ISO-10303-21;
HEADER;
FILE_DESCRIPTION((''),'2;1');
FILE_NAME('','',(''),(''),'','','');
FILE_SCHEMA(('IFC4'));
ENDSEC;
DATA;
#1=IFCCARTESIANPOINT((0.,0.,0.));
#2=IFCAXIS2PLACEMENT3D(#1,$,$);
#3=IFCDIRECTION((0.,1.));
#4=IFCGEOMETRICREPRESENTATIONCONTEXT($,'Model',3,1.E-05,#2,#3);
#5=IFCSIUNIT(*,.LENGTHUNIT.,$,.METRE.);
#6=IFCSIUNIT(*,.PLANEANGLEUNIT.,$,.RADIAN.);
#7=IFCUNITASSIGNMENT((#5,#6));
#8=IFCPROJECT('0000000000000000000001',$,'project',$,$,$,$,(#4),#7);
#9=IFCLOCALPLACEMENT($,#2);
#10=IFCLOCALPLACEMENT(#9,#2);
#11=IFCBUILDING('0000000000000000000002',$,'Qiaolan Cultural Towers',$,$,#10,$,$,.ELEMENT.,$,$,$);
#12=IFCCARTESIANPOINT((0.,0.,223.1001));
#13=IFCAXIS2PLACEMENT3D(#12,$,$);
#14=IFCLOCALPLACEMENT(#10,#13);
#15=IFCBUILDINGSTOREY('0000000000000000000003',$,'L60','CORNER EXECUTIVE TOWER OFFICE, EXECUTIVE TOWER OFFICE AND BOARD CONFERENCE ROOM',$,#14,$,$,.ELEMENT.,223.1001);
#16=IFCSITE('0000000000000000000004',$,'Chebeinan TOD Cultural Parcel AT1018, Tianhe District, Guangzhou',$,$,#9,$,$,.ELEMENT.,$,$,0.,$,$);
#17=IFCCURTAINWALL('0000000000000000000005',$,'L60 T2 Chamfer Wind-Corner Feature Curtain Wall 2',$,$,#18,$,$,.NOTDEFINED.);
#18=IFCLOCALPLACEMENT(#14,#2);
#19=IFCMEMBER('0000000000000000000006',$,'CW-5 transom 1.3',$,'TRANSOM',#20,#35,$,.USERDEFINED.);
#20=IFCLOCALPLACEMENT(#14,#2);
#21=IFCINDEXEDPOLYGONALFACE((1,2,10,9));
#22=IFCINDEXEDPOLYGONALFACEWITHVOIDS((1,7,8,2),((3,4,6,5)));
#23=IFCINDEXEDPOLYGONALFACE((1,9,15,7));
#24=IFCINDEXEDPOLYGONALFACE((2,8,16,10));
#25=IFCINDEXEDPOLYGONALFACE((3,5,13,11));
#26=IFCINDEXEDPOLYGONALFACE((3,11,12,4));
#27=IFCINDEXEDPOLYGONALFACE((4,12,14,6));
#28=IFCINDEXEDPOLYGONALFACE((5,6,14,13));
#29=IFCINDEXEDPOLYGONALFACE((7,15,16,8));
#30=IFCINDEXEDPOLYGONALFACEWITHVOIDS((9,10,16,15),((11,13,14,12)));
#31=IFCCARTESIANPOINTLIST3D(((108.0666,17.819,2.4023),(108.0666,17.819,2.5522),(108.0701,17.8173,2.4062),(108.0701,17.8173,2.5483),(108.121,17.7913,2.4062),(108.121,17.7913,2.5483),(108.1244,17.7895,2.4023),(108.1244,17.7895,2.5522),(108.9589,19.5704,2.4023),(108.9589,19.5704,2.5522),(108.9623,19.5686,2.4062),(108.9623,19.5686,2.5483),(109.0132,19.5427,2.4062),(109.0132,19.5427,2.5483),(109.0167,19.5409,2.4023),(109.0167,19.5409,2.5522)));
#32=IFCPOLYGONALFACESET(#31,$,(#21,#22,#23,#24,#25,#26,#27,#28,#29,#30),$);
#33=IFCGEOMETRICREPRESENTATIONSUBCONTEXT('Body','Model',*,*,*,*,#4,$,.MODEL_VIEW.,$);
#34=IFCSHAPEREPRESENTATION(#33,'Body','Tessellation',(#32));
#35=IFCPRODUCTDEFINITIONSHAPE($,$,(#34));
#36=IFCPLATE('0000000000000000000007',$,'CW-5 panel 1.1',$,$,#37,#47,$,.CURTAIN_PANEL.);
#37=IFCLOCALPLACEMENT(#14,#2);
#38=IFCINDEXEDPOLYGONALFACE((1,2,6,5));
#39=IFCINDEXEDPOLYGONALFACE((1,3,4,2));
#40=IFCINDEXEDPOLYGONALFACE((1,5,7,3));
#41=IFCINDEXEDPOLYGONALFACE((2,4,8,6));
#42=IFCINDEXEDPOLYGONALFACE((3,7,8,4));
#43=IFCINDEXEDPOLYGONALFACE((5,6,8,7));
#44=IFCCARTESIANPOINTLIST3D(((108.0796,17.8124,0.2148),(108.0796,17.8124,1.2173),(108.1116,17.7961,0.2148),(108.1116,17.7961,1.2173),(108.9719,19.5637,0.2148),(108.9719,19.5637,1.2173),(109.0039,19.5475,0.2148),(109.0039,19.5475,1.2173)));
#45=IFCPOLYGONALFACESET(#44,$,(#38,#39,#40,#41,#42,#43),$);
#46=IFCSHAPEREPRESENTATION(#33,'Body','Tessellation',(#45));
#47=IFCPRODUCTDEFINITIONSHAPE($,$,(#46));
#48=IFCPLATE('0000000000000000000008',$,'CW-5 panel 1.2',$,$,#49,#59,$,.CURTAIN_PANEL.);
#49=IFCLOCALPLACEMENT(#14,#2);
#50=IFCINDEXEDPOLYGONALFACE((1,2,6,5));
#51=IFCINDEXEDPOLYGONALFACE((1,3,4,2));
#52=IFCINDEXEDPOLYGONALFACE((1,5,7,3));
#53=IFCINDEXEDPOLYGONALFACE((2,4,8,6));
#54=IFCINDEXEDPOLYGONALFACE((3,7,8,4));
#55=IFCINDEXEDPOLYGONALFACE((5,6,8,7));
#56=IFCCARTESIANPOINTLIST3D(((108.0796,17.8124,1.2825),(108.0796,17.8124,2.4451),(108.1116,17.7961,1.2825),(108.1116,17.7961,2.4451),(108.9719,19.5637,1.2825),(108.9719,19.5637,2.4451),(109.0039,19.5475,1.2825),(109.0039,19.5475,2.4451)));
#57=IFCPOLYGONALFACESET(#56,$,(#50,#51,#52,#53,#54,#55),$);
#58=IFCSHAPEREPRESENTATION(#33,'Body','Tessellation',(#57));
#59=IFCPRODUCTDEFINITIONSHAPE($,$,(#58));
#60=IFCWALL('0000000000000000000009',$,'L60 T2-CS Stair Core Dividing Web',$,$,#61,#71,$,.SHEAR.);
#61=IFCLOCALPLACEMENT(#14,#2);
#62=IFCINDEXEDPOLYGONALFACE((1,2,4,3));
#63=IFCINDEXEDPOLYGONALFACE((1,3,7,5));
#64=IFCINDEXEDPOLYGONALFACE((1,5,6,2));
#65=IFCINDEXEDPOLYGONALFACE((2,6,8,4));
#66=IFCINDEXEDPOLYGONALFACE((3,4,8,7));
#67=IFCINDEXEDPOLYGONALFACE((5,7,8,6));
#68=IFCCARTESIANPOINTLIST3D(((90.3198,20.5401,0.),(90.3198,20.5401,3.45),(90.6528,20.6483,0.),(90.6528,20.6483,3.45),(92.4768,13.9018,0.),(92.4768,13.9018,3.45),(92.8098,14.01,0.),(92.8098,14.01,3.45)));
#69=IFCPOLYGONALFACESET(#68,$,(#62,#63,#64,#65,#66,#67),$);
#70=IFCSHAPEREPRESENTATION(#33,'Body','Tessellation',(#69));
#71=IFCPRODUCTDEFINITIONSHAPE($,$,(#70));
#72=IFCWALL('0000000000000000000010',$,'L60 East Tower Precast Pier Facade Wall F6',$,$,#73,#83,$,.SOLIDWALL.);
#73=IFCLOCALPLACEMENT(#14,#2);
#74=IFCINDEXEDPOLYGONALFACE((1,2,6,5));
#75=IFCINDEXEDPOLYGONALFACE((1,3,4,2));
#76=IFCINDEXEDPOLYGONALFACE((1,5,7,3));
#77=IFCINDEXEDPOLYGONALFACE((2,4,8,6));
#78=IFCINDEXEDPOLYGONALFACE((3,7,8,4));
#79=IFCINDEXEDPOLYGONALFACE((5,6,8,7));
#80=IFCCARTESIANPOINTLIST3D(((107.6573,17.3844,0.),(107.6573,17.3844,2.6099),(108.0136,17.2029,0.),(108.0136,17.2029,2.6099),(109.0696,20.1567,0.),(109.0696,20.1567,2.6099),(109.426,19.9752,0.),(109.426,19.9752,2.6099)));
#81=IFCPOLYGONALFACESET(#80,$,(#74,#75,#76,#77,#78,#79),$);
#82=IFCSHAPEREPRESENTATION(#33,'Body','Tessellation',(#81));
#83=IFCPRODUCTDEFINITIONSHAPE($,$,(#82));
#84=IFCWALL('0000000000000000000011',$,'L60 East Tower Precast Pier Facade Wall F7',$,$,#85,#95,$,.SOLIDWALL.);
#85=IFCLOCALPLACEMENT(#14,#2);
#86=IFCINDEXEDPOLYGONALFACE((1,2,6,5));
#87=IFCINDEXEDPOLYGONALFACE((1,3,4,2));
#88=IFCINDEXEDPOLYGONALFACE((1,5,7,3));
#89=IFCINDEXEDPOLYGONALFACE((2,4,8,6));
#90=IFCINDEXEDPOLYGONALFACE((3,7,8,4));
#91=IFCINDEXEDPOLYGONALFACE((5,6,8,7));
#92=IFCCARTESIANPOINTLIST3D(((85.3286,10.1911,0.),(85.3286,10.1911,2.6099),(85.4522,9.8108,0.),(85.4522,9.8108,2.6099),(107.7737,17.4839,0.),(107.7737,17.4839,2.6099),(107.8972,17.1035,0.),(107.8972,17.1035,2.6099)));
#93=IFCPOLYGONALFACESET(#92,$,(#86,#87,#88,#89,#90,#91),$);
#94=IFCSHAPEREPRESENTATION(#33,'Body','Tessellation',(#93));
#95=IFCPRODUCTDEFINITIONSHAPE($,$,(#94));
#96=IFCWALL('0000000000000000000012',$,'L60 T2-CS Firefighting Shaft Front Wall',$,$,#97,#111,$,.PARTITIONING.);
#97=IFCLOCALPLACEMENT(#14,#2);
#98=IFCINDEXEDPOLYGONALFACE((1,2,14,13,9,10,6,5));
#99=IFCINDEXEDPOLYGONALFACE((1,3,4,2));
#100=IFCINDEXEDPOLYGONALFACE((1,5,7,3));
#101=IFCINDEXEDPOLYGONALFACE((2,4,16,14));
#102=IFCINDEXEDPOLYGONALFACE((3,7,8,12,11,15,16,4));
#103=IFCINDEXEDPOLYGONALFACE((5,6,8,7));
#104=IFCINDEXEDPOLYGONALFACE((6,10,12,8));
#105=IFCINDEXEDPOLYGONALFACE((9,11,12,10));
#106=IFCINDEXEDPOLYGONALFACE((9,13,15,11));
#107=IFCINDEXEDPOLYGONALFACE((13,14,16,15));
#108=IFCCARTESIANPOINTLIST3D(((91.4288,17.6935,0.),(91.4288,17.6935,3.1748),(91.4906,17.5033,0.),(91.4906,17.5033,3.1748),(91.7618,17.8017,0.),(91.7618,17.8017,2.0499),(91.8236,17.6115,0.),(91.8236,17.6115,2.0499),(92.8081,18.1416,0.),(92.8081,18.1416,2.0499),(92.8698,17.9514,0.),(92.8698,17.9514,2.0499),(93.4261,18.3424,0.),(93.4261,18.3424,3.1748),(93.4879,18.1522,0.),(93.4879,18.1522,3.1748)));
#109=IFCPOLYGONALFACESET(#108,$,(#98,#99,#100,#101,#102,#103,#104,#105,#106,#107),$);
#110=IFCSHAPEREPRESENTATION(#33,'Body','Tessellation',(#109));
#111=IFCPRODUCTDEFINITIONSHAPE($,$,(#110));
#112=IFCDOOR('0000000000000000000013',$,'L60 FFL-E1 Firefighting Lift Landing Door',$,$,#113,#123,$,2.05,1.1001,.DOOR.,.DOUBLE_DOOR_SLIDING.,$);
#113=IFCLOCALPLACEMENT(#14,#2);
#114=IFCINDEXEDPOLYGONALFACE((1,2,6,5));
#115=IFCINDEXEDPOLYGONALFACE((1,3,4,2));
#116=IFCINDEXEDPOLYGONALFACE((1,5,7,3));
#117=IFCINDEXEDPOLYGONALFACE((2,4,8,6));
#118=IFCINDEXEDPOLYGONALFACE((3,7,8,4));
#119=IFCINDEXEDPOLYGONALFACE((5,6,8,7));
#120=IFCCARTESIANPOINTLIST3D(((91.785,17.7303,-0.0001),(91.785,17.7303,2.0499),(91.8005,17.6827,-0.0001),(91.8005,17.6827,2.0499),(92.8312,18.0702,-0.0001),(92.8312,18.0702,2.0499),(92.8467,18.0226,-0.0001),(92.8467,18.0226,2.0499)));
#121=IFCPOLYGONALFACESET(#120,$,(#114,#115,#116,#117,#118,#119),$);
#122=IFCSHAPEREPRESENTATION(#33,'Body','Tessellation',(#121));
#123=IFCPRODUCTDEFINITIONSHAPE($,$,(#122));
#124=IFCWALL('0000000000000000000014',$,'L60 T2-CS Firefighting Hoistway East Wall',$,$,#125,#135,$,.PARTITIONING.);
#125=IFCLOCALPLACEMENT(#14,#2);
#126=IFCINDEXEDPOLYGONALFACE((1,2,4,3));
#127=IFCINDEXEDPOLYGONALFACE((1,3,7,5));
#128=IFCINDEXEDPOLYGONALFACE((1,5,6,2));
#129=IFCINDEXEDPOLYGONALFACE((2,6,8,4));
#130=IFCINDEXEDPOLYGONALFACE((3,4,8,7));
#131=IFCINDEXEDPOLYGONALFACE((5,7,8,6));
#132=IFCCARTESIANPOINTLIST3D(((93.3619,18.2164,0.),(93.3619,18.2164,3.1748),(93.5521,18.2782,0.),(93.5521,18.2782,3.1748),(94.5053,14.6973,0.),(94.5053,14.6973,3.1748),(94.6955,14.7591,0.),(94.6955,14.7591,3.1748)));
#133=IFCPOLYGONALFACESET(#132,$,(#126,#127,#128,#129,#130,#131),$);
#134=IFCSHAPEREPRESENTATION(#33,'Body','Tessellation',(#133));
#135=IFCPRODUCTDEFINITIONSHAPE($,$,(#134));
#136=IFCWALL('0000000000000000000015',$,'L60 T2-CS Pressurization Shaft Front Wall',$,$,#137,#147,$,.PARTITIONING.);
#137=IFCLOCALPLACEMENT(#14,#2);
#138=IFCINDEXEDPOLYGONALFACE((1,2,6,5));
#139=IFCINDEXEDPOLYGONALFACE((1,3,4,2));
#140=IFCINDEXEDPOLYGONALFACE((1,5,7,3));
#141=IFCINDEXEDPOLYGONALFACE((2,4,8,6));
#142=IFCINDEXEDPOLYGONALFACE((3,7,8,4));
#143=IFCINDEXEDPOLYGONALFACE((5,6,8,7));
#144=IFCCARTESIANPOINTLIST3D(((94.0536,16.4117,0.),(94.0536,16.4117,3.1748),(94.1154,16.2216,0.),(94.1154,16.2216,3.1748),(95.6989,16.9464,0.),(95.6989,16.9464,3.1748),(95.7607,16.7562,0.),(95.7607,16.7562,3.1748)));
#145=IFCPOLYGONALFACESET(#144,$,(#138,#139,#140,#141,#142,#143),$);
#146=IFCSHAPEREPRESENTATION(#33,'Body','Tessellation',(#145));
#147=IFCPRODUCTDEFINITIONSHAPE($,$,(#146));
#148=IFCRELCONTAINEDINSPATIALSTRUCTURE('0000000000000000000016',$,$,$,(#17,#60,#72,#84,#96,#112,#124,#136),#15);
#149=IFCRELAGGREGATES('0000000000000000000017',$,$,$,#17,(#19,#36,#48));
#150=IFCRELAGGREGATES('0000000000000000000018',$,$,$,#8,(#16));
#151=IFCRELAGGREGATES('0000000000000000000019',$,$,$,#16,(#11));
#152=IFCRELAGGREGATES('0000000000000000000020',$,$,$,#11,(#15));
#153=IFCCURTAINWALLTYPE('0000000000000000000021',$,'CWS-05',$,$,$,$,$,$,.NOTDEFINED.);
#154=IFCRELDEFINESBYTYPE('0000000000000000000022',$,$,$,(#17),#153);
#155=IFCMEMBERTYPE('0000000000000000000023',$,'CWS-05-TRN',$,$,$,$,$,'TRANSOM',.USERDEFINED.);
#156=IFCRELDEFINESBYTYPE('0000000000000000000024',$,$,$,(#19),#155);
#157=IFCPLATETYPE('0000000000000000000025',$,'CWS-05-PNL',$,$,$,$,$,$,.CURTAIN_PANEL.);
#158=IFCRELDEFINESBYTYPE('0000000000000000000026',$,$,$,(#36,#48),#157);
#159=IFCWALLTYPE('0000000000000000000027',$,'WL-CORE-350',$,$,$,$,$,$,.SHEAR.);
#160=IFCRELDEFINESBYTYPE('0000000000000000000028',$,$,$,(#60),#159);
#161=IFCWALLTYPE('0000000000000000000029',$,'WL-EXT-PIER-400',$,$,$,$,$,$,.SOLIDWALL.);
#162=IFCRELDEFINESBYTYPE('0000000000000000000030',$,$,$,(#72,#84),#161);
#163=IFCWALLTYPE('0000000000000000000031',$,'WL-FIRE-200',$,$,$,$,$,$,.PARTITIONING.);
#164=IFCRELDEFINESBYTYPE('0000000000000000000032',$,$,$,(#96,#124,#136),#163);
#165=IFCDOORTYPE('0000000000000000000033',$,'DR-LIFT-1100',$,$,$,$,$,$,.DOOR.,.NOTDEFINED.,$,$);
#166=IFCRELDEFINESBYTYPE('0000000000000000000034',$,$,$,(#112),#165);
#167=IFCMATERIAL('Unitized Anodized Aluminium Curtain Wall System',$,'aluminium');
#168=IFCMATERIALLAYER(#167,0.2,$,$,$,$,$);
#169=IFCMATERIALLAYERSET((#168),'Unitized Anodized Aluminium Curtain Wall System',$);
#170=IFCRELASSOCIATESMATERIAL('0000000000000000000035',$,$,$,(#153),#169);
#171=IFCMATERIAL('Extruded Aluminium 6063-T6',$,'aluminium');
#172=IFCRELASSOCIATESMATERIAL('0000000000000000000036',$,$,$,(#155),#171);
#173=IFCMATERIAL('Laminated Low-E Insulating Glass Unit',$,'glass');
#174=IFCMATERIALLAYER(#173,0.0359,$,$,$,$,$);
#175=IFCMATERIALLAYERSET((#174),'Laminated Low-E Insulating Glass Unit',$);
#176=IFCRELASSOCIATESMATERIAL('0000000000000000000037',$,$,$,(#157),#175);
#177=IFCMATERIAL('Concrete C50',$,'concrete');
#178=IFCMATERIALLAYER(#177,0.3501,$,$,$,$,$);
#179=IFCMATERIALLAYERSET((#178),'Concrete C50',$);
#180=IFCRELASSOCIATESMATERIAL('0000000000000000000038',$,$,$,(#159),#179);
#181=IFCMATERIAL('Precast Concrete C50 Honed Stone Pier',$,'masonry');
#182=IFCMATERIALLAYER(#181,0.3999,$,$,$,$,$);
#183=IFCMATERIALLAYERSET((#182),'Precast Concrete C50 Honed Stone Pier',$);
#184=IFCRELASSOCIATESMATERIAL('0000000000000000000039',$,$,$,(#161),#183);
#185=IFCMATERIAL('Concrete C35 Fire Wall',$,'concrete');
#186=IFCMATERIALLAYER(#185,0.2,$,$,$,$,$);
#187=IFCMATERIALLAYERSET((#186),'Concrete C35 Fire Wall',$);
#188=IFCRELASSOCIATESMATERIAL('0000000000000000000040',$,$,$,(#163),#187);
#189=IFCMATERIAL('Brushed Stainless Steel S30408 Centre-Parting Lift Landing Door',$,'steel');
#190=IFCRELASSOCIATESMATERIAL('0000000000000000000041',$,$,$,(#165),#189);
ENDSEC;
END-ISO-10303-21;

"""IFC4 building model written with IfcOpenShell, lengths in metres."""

from ifc_helpers import new_model, si_unit, direction, frame, frame_2d, origin, origin_2d, place, context, subcontext, project, spatial, rectangle, hollow_rectangle, extrude, material, layer, layer_set, material_profile, profile_set, type_object, element, fill, aggregate, save


model = new_model("IFC4")

# Units and contexts
model_context = context("Model", 3, precision=1e-05, world=origin(), true_north=direction((0.0, 1.0)))
body_context = subcontext(model_context, "Body", "Model", "MODEL_VIEW")
ifc_project = project(units=[si_unit("LENGTHUNIT", "METRE"), si_unit("PLANEANGLEUNIT", "RADIAN")], contexts=[model_context])

# Site, building, storey
site_placement = place(None, origin())
site = spatial("IfcSite", under=ifc_project, at=site_placement, Name="Chebeinan TOD Cultural Parcel AT1018, Tianhe District, Guangzhou", CompositionType="ELEMENT", RefElevation=0.0)
building_placement = place(site_placement, origin())
building = spatial("IfcBuilding", under=site, at=building_placement, Name="Qiaolan Cultural Towers", CompositionType="ELEMENT")
storey_placement = place(building_placement, frame((0.0, 0.0, 223.1001)))
storey = spatial("IfcBuildingStorey", under=building, at=storey_placement, Name="L60", Description="CORNER EXECUTIVE TOWER OFFICE, EXECUTIVE TOWER OFFICE AND BOARD CONFERENCE ROOM", CompositionType="ELEMENT", Elevation=223.1001)

# Curtain wall, member, plates
ifc_material_1 = material(Name="Unitized Anodized Aluminium Curtain Wall System", Category="aluminium")
ifc_layer_1 = layer(ifc_material_1, 0.2)
ifc_layer_set_1 = layer_set([ifc_layer_1], Name="Unitized Anodized Aluminium Curtain Wall System")
curtain_wall_type = type_object("IfcCurtainWallType", Name="CWS-05", PredefinedType="NOTDEFINED", material=ifc_layer_set_1)
curtain_wall_placement = place(storey_placement, origin())
curtain_wall = element("IfcCurtainWall", 1, at=curtain_wall_placement, inside=storey, type_object=curtain_wall_type, Name="L60 T2 Chamfer Wind-Corner Feature Curtain Wall 2", PredefinedType="NOTDEFINED")
ifc_material_2 = material(Name="Extruded Aluminium 6063-T6", Category="aluminium")
ifc_material_profile_1 = material_profile(ifc_material_2, hollow_rectangle(XDim=0.0649, YDim=0.1499, WallThickness=0.0039, at=origin_2d()), Name="CWT-150x65x4")
ifc_profile_set_1 = profile_set([ifc_material_profile_1], Name="Extruded Aluminium 6063-T6")
member_type_1 = type_object("IfcMemberType", Name="CWS-05-TRN", ElementType="TRANSOM", PredefinedType="USERDEFINED", material=ifc_profile_set_1)
member_1_placement = place(storey_placement, frame((108.9878, 19.5557, 2.4773), z_axis=(-0.453957, -0.891023, 0.0), x_axis=(0.891023, -0.453957, 0.0)))
member_1 = element("IfcMember", 2, at=member_1_placement, type_object=member_type_1, Name="CW-5 transom 1.3", ObjectType="TRANSOM", PredefinedType="USERDEFINED", context=body_context, shape_type="SweptSolid", body=[
    extrude(hollow_rectangle(XDim=0.0649, YDim=0.1499, WallThickness=0.0039, at=origin_2d()), origin(), (0.0, 0.0, 1.0), 1.9656),
])
ifc_material_3 = material(Name="Laminated Low-E Insulating Glass Unit", Category="glass")
ifc_layer_2 = layer(ifc_material_3, 0.0359)
ifc_layer_set_2 = layer_set([ifc_layer_2], Name="Laminated Low-E Insulating Glass Unit")
plate_type = type_object("IfcPlateType", Name="CWS-05-PNL", PredefinedType="CURTAIN_PANEL", material=ifc_layer_set_2)
plate_1_placement = place(storey_placement, frame((108.5417, 18.6799, 0.2148), z_axis=(0.0, 0.0, 1.0), x_axis=(-0.45399, -0.891007, 0.0)))
plate_1 = element("IfcPlate", 3, at=plate_1_placement, type_object=plate_type, Name="CW-5 panel 1.1", PredefinedType="CURTAIN_PANEL", context=body_context, shape_type="SweptSolid", body=[
    extrude(rectangle(XDim=1.9656, YDim=0.0359, at=origin_2d()), origin(), (0.0, 0.0, 1.0), 1.0024),
])
plate_2_placement = place(storey_placement, frame((108.5417, 18.6799, 1.2825), z_axis=(0.0, 0.0, 1.0), x_axis=(-0.45399, -0.891007, 0.0)))
plate_2 = element("IfcPlate", 4, at=plate_2_placement, type_object=plate_type, Name="CW-5 panel 1.2", PredefinedType="CURTAIN_PANEL", context=body_context, shape_type="SweptSolid", body=[
    extrude(rectangle(XDim=1.9656, YDim=0.0359, at=origin_2d()), origin(), (0.0, 0.0, 1.0), 1.1626),
])
aggregate(curtain_wall, [member_1, plate_1, plate_2])

# Walls
ifc_material_4 = material(Name="Concrete C50", Category="concrete")
ifc_layer_3 = layer(ifc_material_4, 0.3501)
ifc_layer_set_3 = layer_set([ifc_layer_3], Name="Concrete C50")
wall_type_1 = type_object("IfcWallType", Name="WL-CORE-350", PredefinedType="SHEAR", material=ifc_layer_set_3)
wall_1_placement = place(storey_placement, frame((90.4863, 20.5942, 0.0), z_axis=(0.0, 0.0, 1.0), x_axis=(0.30902, -0.951055, 0.0)))
element("IfcWall", 5, at=wall_1_placement, inside=storey, type_object=wall_type_1, Name="L60 T2-CS Stair Core Dividing Web", PredefinedType="SHEAR", context=body_context, shape_type="SweptSolid", body=[
    extrude(rectangle(XDim=6.98, YDim=0.3501, at=frame_2d((3.49, 0.0))), origin(), (0.0, 0.0, 1.0), 3.45),
])
ifc_material_5 = material(Name="Precast Concrete C50 Honed Stone Pier", Category="masonry")
ifc_layer_4 = layer(ifc_material_5, 0.3999)
ifc_layer_set_4 = layer_set([ifc_layer_4], Name="Precast Concrete C50 Honed Stone Pier")
wall_type_2 = type_object("IfcWallType", Name="WL-EXT-PIER-400", PredefinedType="SOLIDWALL", material=ifc_layer_set_4)
wall_2_placement = place(storey_placement, frame((109.2478, 20.0659, 0.0), z_axis=(0.0, 0.0, 1.0), x_axis=(-0.453949, -0.891028, 0.0)))
element("IfcWall", 6, at=wall_2_placement, inside=storey, type_object=wall_type_2, Name="L60 East Tower Precast Pier Facade Wall F6", PredefinedType="SOLIDWALL", context=body_context, shape_type="SweptSolid", body=[
    extrude(rectangle(XDim=3.1113, YDim=0.3999, at=frame_2d((1.5557, 0.0))), origin(), (0.0, 0.0, 1.0), 2.6099),
])
wall_3_placement = place(storey_placement, frame((107.8354, 17.2937, 0.0), z_axis=(0.0, 0.0, 1.0), x_axis=(-0.951058, -0.309012, 0.0)))
element("IfcWall", 7, at=wall_3_placement, inside=storey, type_object=wall_type_2, Name="L60 East Tower Precast Pier Facade Wall F7", PredefinedType="SOLIDWALL", context=body_context, shape_type="SweptSolid", body=[
    extrude(rectangle(XDim=23.6001, YDim=0.3999, at=frame_2d((11.8, 0.0))), origin(), (0.0, 0.0, 1.0), 2.6099),
])

# Wall, opening, door
ifc_material_6 = material(Name="Concrete C35 Fire Wall", Category="concrete")
ifc_layer_5 = layer(ifc_material_6, 0.2)
ifc_layer_set_5 = layer_set([ifc_layer_5], Name="Concrete C35 Fire Wall")
wall_type_3 = type_object("IfcWallType", Name="WL-FIRE-200", PredefinedType="PARTITIONING", material=ifc_layer_set_5)
wall_4_placement = place(storey_placement, frame((91.4597, 17.5984, 0.0), z_axis=(0.0, 0.0, 1.0), x_axis=(0.951062, 0.308999, 0.0)))
wall_4 = element("IfcWall", 8, at=wall_4_placement, inside=storey, type_object=wall_type_3, Name="L60 T2-CS Firefighting Shaft Front Wall", PredefinedType="PARTITIONING", context=body_context, shape_type="SweptSolid", body=[
    extrude(rectangle(XDim=2.1001, YDim=0.2, at=frame_2d((1.05, 0.0))), origin(), (0.0, 0.0, 1.0), 3.1748),
])
opening_1_placement = place(wall_4_placement, frame((0.3501, 0.0, 0.0)))
opening_1 = element("IfcOpeningElement", 9, at=opening_1_placement, cuts=wall_4, PredefinedType="OPENING", context=body_context, shape_type="SweptSolid", body=[
    extrude(rectangle(XDim=1.1001, YDim=2.05, at=frame_2d((0.55, 1.0249))), frame((0.0, 0.1099, 0.0), z_axis=(0.0, -1.0, 0.0), x_axis=(1.0, 0.0, 0.0)), (0.0, 0.0, 1.0), 0.22),
])
ifc_material_7 = material(Name="Brushed Stainless Steel S30408 Centre-Parting Lift Landing Door", Category="steel")
door_type_1 = type_object("IfcDoorType", Name="DR-LIFT-1100", OperationType="NOTDEFINED", PredefinedType="DOOR", material=ifc_material_7)
door_1_placement = place(opening_1_placement, origin())
door_1 = element("IfcDoor", 10, at=door_1_placement, inside=storey, type_object=door_type_1, Name="L60 FFL-E1 Firefighting Lift Landing Door", OperationType="DOUBLE_DOOR_SLIDING", OverallHeight=2.05, OverallWidth=1.1001, PredefinedType="DOOR", context=body_context, shape_type="SweptSolid", body=[
    extrude(rectangle(XDim=1.1001, YDim=2.05, at=frame_2d((0.55, 1.0249))), frame((0.0, 0.0249, 0.0), z_axis=(0.0, -1.0, 0.0), x_axis=(1.0, 0.0, 0.0)), (0.0, 0.0, 1.0), 0.05),
])
fill(opening_1, door_1)

# Walls
wall_5_placement = place(storey_placement, frame((93.457, 18.2473, 0.0), z_axis=(0.0, 0.0, 1.0), x_axis=(0.308994, -0.951064, 0.0)))
element("IfcWall", 11, at=wall_5_placement, inside=storey, type_object=wall_type_3, Name="L60 T2-CS Firefighting Hoistway East Wall", PredefinedType="PARTITIONING", context=body_context, shape_type="SweptSolid", body=[
    extrude(rectangle(XDim=3.7002, YDim=0.2, at=frame_2d((1.8501, 0.0))), origin(), (0.0, 0.0, 1.0), 3.1748),
])
wall_6_placement = place(storey_placement, frame((94.0845, 16.3167, 0.0), z_axis=(0.0, 0.0, 1.0), x_axis=(0.951041, 0.309064, 0.0)))
element("IfcWall", 12, at=wall_6_placement, inside=storey, type_object=wall_type_3, Name="L60 T2-CS Pressurization Shaft Front Wall", PredefinedType="PARTITIONING", context=body_context, shape_type="SweptSolid", body=[
    extrude(rectangle(XDim=1.73, YDim=0.2, at=frame_2d((0.865, 0.0))), origin(), (0.0, 0.0, 1.0), 3.1748),
])

save(model, "model.ifc")
